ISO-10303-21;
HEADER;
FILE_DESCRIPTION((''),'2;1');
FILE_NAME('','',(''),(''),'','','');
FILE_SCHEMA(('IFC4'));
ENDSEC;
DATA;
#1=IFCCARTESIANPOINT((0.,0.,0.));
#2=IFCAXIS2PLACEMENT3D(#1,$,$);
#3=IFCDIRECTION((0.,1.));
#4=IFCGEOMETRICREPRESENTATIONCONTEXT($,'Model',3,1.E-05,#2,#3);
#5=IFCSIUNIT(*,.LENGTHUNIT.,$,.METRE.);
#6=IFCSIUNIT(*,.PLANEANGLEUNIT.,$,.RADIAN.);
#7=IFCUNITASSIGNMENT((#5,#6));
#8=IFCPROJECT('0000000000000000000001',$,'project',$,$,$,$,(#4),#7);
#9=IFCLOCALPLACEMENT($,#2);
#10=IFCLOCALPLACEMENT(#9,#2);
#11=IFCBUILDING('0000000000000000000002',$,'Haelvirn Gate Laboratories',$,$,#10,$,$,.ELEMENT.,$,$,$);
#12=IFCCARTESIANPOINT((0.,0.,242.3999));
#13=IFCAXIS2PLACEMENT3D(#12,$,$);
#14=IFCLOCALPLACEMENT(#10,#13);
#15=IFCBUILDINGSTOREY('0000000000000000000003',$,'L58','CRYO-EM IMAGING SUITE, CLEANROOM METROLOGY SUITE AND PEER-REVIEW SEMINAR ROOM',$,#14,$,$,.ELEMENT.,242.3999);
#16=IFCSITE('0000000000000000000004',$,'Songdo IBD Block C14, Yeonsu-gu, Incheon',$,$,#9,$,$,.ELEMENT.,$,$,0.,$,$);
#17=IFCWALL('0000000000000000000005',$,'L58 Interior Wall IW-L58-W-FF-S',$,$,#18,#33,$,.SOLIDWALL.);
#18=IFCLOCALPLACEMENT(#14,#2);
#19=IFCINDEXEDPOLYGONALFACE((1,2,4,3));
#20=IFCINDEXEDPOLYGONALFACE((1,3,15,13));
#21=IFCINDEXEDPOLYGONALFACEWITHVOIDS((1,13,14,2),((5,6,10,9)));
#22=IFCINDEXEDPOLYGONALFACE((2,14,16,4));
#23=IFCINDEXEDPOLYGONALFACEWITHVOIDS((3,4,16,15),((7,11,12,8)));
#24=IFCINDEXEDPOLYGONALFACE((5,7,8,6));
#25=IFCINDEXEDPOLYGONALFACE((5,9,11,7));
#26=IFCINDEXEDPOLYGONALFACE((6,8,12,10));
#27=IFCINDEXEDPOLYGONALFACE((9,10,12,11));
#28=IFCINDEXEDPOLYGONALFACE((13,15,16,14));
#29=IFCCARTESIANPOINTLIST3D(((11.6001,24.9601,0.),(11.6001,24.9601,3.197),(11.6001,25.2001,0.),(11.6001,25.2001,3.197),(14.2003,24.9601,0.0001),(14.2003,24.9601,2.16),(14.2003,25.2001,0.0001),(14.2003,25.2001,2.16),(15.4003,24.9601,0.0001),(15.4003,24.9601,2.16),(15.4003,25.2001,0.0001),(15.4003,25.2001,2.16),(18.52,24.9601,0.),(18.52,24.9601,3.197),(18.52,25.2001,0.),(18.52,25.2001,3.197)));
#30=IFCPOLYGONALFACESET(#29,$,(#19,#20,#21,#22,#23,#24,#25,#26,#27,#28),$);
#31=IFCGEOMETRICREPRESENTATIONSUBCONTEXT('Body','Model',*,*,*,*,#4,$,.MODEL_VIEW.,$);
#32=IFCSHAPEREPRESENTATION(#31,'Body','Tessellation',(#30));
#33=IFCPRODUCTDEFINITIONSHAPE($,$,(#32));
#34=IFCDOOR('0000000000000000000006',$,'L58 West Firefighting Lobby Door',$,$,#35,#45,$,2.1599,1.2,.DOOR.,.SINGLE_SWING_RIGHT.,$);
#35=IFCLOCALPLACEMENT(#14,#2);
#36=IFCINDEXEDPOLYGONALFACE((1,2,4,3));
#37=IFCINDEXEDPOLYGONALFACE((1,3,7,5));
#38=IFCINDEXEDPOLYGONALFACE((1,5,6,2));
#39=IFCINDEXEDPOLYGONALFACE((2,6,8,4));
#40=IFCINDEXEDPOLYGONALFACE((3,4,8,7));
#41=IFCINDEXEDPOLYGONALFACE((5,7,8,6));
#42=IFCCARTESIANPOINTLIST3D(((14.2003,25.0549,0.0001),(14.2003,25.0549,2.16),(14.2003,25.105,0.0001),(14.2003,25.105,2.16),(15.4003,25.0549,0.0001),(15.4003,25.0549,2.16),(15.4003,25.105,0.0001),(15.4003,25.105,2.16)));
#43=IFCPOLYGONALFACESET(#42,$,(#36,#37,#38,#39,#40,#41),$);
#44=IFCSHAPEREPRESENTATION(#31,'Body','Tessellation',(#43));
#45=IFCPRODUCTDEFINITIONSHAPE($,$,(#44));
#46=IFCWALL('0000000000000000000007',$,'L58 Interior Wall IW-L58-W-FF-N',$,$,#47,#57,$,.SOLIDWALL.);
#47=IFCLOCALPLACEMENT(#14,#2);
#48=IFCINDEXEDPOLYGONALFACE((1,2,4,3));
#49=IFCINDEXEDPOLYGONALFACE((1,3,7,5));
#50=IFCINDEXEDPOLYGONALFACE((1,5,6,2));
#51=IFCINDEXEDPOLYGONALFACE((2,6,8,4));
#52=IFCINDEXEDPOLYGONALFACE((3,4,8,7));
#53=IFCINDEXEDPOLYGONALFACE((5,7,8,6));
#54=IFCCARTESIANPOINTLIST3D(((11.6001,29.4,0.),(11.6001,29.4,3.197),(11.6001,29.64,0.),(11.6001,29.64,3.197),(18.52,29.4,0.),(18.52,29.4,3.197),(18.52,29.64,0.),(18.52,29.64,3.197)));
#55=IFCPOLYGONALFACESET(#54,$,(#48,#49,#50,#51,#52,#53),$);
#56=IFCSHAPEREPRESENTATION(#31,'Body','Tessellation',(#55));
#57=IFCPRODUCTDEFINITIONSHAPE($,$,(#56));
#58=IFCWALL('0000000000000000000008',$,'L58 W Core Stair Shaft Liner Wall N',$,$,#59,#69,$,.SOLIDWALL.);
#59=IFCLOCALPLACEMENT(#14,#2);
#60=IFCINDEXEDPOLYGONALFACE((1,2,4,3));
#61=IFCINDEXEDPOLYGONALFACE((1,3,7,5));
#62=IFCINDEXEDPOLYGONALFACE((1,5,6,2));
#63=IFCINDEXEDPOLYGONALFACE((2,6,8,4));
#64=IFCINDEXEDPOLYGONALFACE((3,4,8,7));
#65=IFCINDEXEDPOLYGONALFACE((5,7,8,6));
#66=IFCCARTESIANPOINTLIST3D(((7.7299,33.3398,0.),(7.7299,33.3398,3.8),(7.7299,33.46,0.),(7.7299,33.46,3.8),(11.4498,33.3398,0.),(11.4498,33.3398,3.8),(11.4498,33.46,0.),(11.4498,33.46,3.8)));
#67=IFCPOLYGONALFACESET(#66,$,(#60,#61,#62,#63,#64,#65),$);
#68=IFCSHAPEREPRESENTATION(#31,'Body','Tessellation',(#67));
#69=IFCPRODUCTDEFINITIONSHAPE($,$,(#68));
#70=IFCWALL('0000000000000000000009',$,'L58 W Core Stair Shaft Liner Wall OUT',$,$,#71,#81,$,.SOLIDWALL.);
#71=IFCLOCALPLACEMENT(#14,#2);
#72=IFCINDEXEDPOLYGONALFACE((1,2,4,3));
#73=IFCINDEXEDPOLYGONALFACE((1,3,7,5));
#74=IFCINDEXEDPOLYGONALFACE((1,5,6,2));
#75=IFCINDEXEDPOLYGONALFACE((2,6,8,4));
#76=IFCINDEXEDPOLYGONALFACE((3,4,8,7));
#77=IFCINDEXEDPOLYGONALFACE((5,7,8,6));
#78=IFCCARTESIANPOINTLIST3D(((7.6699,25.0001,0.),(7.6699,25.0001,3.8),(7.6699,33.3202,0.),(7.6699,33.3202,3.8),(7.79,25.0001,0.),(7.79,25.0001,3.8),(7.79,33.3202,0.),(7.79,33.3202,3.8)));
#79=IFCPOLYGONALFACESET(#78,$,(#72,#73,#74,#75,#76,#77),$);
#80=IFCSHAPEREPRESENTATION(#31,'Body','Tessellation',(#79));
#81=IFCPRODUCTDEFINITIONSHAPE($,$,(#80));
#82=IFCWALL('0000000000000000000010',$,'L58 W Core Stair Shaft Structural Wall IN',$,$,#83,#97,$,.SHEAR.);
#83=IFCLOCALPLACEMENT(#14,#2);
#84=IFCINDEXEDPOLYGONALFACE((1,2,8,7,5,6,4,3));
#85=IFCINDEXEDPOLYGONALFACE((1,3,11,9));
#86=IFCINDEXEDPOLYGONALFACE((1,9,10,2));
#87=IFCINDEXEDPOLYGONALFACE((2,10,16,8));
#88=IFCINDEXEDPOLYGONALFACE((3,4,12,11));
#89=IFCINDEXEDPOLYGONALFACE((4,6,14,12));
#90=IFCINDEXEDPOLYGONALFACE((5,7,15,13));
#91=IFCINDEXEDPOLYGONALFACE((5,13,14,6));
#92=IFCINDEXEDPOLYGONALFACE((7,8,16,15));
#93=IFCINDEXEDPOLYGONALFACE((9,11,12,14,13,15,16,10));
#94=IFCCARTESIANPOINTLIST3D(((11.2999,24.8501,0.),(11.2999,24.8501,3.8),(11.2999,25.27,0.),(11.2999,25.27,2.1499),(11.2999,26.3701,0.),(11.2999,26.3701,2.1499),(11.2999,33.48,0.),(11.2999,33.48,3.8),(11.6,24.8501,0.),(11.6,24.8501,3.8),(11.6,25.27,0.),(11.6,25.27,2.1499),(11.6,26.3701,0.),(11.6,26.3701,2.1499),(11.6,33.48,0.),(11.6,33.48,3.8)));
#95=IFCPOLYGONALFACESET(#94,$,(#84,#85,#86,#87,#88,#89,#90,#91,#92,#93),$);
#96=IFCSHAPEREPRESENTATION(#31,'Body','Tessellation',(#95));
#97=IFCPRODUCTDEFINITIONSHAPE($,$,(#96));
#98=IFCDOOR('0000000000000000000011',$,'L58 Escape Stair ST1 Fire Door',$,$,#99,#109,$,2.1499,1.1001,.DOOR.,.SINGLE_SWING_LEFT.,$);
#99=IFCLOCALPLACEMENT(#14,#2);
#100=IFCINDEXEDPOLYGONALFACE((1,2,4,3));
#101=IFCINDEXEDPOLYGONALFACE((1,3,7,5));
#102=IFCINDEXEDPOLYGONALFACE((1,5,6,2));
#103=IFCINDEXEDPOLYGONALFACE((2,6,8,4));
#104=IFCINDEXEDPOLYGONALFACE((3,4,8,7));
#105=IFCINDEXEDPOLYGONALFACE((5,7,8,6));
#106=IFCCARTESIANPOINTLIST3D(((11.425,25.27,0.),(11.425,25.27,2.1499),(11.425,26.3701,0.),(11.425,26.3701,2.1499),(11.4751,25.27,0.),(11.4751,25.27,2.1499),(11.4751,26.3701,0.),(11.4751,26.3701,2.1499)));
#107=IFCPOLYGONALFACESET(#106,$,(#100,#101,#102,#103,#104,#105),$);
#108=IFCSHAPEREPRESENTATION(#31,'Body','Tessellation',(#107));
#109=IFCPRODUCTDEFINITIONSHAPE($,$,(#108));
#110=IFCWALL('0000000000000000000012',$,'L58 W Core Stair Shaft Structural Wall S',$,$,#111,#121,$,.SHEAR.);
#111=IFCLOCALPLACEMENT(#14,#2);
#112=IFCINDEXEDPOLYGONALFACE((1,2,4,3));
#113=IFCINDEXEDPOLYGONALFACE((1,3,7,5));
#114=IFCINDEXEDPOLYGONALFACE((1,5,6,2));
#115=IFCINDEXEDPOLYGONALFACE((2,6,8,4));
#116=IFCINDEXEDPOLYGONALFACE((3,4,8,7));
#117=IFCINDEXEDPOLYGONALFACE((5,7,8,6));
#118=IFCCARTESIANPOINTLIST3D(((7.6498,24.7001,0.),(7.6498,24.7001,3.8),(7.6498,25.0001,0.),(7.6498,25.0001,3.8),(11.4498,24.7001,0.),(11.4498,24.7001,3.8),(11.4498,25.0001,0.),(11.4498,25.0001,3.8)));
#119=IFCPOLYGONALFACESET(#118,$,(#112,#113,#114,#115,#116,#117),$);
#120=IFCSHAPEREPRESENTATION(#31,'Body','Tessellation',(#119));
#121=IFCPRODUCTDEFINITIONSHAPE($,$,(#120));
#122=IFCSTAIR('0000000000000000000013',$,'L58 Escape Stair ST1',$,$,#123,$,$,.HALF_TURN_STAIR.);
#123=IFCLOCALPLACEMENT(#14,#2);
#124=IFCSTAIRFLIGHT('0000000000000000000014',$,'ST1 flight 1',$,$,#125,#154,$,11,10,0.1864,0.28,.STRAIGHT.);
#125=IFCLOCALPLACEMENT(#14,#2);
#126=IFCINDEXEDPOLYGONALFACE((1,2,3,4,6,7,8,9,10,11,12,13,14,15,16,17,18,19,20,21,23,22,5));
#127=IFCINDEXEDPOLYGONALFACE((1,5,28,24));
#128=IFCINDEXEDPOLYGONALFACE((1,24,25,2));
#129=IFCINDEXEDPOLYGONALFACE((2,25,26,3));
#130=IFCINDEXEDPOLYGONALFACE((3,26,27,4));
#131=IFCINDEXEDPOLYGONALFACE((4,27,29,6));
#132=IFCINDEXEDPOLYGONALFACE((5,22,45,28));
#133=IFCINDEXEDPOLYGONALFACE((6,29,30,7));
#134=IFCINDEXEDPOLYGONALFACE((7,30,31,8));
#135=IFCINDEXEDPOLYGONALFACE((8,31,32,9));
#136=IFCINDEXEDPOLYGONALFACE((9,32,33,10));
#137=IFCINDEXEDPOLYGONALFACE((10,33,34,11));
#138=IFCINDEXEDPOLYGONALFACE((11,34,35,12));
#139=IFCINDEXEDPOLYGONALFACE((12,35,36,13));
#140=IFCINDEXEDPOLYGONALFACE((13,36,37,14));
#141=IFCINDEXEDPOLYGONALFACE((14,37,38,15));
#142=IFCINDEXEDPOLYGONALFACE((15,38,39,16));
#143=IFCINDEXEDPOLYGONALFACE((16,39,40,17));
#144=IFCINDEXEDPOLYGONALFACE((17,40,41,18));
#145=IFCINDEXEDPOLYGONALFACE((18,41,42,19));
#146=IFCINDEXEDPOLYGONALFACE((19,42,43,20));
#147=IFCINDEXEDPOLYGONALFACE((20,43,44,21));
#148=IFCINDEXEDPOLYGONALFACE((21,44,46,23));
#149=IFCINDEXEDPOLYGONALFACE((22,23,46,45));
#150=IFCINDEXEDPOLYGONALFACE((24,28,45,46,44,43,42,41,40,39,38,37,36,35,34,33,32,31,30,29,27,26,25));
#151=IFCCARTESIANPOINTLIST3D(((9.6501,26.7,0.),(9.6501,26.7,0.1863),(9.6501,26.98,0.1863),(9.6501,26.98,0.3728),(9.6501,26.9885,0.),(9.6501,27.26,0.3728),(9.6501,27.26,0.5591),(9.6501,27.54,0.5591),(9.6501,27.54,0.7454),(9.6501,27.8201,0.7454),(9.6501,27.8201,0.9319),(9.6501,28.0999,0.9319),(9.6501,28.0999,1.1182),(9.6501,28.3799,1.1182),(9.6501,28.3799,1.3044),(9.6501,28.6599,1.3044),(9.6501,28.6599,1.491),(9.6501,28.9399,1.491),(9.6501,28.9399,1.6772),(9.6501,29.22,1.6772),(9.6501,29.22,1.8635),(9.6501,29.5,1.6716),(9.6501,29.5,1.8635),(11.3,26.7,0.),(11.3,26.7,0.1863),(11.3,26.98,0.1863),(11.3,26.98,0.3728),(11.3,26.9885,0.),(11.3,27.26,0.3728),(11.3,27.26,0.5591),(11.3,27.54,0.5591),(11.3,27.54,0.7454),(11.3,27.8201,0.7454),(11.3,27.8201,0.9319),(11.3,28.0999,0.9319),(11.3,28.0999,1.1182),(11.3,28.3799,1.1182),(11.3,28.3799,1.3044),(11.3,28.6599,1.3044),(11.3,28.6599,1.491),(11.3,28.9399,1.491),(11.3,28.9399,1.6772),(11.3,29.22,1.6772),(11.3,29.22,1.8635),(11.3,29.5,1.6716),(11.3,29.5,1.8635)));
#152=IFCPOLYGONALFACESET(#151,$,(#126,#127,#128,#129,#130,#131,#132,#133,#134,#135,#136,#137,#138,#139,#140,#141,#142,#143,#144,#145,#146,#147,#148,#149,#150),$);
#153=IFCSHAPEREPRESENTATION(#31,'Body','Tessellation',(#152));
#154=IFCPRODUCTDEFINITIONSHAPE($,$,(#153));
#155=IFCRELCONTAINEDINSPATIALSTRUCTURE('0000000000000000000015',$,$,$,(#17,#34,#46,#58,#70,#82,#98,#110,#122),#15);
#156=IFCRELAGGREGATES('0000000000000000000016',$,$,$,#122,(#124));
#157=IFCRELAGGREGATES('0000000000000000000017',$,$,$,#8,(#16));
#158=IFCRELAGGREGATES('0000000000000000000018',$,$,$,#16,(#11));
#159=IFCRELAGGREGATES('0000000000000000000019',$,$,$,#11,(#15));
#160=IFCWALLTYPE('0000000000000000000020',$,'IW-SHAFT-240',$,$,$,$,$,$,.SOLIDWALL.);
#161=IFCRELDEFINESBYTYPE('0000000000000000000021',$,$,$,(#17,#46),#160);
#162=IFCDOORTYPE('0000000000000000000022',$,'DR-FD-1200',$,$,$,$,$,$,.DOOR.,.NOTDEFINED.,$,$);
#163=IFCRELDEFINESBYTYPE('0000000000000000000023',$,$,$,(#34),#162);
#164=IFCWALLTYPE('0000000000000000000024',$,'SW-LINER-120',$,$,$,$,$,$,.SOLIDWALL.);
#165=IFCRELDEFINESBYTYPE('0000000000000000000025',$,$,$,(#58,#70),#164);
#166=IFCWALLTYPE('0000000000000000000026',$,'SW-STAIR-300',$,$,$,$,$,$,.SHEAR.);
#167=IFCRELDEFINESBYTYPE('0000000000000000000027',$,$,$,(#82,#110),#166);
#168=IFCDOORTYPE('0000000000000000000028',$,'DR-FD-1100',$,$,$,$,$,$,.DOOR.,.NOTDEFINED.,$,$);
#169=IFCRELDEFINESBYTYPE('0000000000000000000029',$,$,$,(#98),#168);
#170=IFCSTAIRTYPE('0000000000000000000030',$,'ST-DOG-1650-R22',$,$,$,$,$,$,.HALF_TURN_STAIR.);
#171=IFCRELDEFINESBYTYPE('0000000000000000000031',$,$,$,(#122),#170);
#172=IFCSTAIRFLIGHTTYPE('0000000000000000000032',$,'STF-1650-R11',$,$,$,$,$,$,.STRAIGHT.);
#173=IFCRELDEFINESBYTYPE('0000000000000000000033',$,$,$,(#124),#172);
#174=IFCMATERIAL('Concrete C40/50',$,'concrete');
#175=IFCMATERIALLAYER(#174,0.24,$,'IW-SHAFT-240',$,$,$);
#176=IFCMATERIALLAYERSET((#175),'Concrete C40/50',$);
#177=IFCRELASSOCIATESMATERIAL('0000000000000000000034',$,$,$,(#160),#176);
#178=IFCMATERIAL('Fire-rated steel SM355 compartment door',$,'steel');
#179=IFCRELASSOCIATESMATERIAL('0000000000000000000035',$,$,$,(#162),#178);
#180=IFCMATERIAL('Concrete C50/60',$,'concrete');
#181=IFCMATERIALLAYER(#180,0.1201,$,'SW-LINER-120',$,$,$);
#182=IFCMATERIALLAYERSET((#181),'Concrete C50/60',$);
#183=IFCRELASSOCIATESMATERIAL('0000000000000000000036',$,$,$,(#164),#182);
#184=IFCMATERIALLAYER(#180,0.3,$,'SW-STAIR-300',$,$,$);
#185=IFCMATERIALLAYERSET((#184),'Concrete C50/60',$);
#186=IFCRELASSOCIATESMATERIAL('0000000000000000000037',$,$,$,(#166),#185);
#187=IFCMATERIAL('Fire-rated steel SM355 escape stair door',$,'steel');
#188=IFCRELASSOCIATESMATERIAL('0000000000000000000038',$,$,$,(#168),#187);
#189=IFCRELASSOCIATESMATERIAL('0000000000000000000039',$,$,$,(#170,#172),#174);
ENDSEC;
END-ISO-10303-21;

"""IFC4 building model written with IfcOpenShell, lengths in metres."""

from ifc_helpers import new_model, si_unit, direction, frame, frame_2d, origin, place, context, subcontext, project, spatial, polyline, rectangle, outline, extrude, source, transform, mapped, material, layer, layer_set, type_object, type_shapes, element, fill, aggregate, save


model = new_model("IFC4")

# Units and contexts
model_context = context("Model", 3, precision=1e-05, world=origin(), true_north=direction((0.0, 1.0)))
body_context = subcontext(model_context, "Body", "Model", "MODEL_VIEW")
ifc_project = project(units=[si_unit("LENGTHUNIT", "METRE"), si_unit("PLANEANGLEUNIT", "RADIAN")], contexts=[model_context])

# Site, building, storey
site_placement = place(None, origin())
site = spatial("IfcSite", under=ifc_project, at=site_placement, Name="Songdo IBD Block C14, Yeonsu-gu, Incheon", CompositionType="ELEMENT", RefElevation=0.0)
building_placement = place(site_placement, origin())
building = spatial("IfcBuilding", under=site, at=building_placement, Name="Haelvirn Gate Laboratories", CompositionType="ELEMENT")
storey_placement = place(building_placement, frame((0.0, 0.0, 242.3999)))
storey = spatial("IfcBuildingStorey", under=building, at=storey_placement, Name="L58", Description="CRYO-EM IMAGING SUITE, CLEANROOM METROLOGY SUITE AND PEER-REVIEW SEMINAR ROOM", CompositionType="ELEMENT", Elevation=242.3999)

# Shared definitions
ifc_material_1 = material(Name="Concrete C50/60", Category="concrete")

# Shared definitions
ifc_material_2 = material(Name="Concrete C40/50", Category="concrete")

# Wall, opening, door
ifc_layer_1 = layer(ifc_material_2, 0.24, Name="IW-SHAFT-240")
ifc_layer_set_1 = layer_set([ifc_layer_1], Name="Concrete C40/50")
wall_type_1 = type_object("IfcWallType", Name="IW-SHAFT-240", PredefinedType="SOLIDWALL", material=ifc_layer_set_1)
wall_1_placement = place(storey_placement, frame((11.6001, 25.0801, 0.0), z_axis=(0.0, 0.0, 1.0), x_axis=(1.0, 0.0, 0.0)))
wall_1 = element("IfcWall", 1, at=wall_1_placement, inside=storey, type_object=wall_type_1, Name="L58 Interior Wall IW-L58-W-FF-S", PredefinedType="SOLIDWALL", context=body_context, shape_type="SweptSolid", body=[
    extrude(rectangle(XDim=6.9199, YDim=0.24, at=frame_2d((3.46, 0.0))), origin(), (0.0, 0.0, 1.0), 3.197),
])
opening_1_placement = place(wall_1_placement, frame((2.6001, 0.0, 0.0)))
opening_1 = element("IfcOpeningElement", 2, at=opening_1_placement, cuts=wall_1, PredefinedType="OPENING", context=body_context, shape_type="SweptSolid", body=[
    extrude(rectangle(XDim=1.2, YDim=2.1599, at=frame_2d((0.6001, 1.0801))), frame((0.0, 0.1299, 0.0), z_axis=(0.0, -1.0, 0.0), x_axis=(1.0, 0.0, 0.0)), (0.0, 0.0, 1.0), 0.26),
])
ifc_material_3 = material(Name="Fire-rated steel SM355 compartment door", Category="steel")
door_type_1 = type_object("IfcDoorType", Name="DR-FD-1200", OperationType="NOTDEFINED", PredefinedType="DOOR", material=ifc_material_3)
shared_shape_1 = source(origin(), body_context, "Body", "SweptSolid", [
    extrude(rectangle(XDim=1.2, YDim=2.1599, at=frame_2d((0.6001, 1.0801))), frame((0.0, 0.0249, 0.0), z_axis=(0.0, -1.0, 0.0), x_axis=(1.0, 0.0, 0.0)), (0.0, 0.0, 1.0), 0.05),
])
type_shapes(door_type_1, [shared_shape_1])
door_1_placement = place(opening_1_placement, origin())
door_1 = element("IfcDoor", 3, at=door_1_placement, inside=storey, type_object=door_type_1, Name="L58 West Firefighting Lobby Door", OperationType="SINGLE_SWING_RIGHT", OverallHeight=2.1599, OverallWidth=1.2, PredefinedType="DOOR", context=body_context, shape_type="MappedRepresentation", body=[
    mapped(shared_shape_1, transform((0.0, 0.0, 0.0), scale=1.0)),
])
fill(opening_1, door_1)

# Walls
wall_2_placement = place(storey_placement, frame((11.6001, 29.52, 0.0), z_axis=(0.0, 0.0, 1.0), x_axis=(1.0, 0.0, 0.0)))
element("IfcWall", 4, at=wall_2_placement, inside=storey, type_object=wall_type_1, Name="L58 Interior Wall IW-L58-W-FF-N", PredefinedType="SOLIDWALL", context=body_context, shape_type="SweptSolid", body=[
    extrude(rectangle(XDim=6.9199, YDim=0.24, at=frame_2d((3.46, 0.0))), origin(), (0.0, 0.0, 1.0), 3.197),
])
ifc_layer_2 = layer(ifc_material_1, 0.1201, Name="SW-LINER-120")
ifc_layer_set_2 = layer_set([ifc_layer_2], Name="Concrete C50/60")
wall_type_2 = type_object("IfcWallType", Name="SW-LINER-120", PredefinedType="SOLIDWALL", material=ifc_layer_set_2)
wall_3_placement = place(storey_placement, frame((7.73, 33.3999, 0.0), z_axis=(0.0, 0.0, 1.0), x_axis=(1.0, 0.0, 0.0)))
element("IfcWall", 5, at=wall_3_placement, inside=storey, type_object=wall_type_2, Name="L58 W Core Stair Shaft Liner Wall N", PredefinedType="SOLIDWALL", context=body_context, shape_type="SweptSolid", body=[
    extrude(rectangle(XDim=3.72, YDim=0.1201, at=frame_2d((1.8599, 0.0))), origin(), (0.0, 0.0, 1.0), 3.8),
])
wall_4_placement = place(storey_placement, frame((7.73, 25.0, 0.0), z_axis=(0.0, 0.0, 1.0), x_axis=(0.0, 1.0, 0.0)))
element("IfcWall", 6, at=wall_4_placement, inside=storey, type_object=wall_type_2, Name="L58 W Core Stair Shaft Liner Wall OUT", PredefinedType="SOLIDWALL", context=body_context, shape_type="SweptSolid", body=[
    extrude(rectangle(XDim=8.3201, YDim=0.1201, at=frame_2d((4.1602, 0.0))), origin(), (0.0, 0.0, 1.0), 3.8),
])

# Wall, opening, door
ifc_layer_3 = layer(ifc_material_1, 0.3, Name="SW-STAIR-300")
ifc_layer_set_3 = layer_set([ifc_layer_3], Name="Concrete C50/60")
wall_type_3 = type_object("IfcWallType", Name="SW-STAIR-300", PredefinedType="SHEAR", material=ifc_layer_set_3)
wall_5_placement = place(storey_placement, frame((11.45, 24.8501, 0.0), z_axis=(0.0, 0.0, 1.0), x_axis=(0.0, 1.0, 0.0)))
wall_5 = element("IfcWall", 7, at=wall_5_placement, inside=storey, type_object=wall_type_3, Name="L58 W Core Stair Shaft Structural Wall IN", PredefinedType="SHEAR", context=body_context, shape_type="SweptSolid", body=[
    extrude(rectangle(XDim=8.6299, YDim=0.3, at=frame_2d((4.3149, 0.0))), origin(), (0.0, 0.0, 1.0), 3.8),
])
opening_2_placement = place(wall_5_placement, frame((0.4199, 0.0, 0.0)))
opening_2 = element("IfcOpeningElement", 8, at=opening_2_placement, cuts=wall_5, PredefinedType="OPENING", context=body_context, shape_type="SweptSolid", body=[
    extrude(rectangle(XDim=1.1001, YDim=2.1499, at=frame_2d((0.55, 1.075))), frame((0.0, 0.1602, 0.0), z_axis=(0.0, -1.0, 0.0), x_axis=(1.0, 0.0, 0.0)), (0.0, 0.0, 1.0), 0.3201),
])
ifc_material_4 = material(Name="Fire-rated steel SM355 escape stair door", Category="steel")
door_type_2 = type_object("IfcDoorType", Name="DR-FD-1100", OperationType="NOTDEFINED", PredefinedType="DOOR", material=ifc_material_4)
shared_shape_2 = source(origin(), body_context, "Body", "SweptSolid", [
    extrude(rectangle(XDim=1.1001, YDim=2.1499, at=frame_2d((0.55, 1.075))), frame((0.0, 0.0249, 0.0), z_axis=(0.0, -1.0, 0.0), x_axis=(1.0, 0.0, 0.0)), (0.0, 0.0, 1.0), 0.05),
])
type_shapes(door_type_2, [shared_shape_2])
door_2_placement = place(opening_2_placement, origin())
door_2 = element("IfcDoor", 9, at=door_2_placement, inside=storey, type_object=door_type_2, Name="L58 Escape Stair ST1 Fire Door", OperationType="SINGLE_SWING_LEFT", OverallHeight=2.1499, OverallWidth=1.1001, PredefinedType="DOOR", context=body_context, shape_type="MappedRepresentation", body=[
    mapped(shared_shape_2, transform((0.0, 0.0, 0.0), scale=1.0)),
])
fill(opening_2, door_2)

# Wall
wall_6_placement = place(storey_placement, frame((7.6499, 24.8501, 0.0), z_axis=(0.0, 0.0, 1.0), x_axis=(1.0, 0.0, 0.0)))
element("IfcWall", 10, at=wall_6_placement, inside=storey, type_object=wall_type_3, Name="L58 W Core Stair Shaft Structural Wall S", PredefinedType="SHEAR", context=body_context, shape_type="SweptSolid", body=[
    extrude(rectangle(XDim=3.8, YDim=0.3, at=frame_2d((1.8999, 0.0))), origin(), (0.0, 0.0, 1.0), 3.8),
])

# Stair, stair flight
stair_type = type_object("IfcStairType", Name="ST-DOG-1650-R22", PredefinedType="HALF_TURN_STAIR", material=ifc_material_2)
stair_placement = place(storey_placement, origin())
stair = element("IfcStair", 11, at=stair_placement, inside=storey, type_object=stair_type, Name="L58 Escape Stair ST1", PredefinedType="HALF_TURN_STAIR")
stair_flight_type = type_object("IfcStairFlightType", Name="STF-1650-R11", PredefinedType="STRAIGHT", material=ifc_material_2)
shared_shape_3 = source(origin(), body_context, "Body", "SweptSolid", [
    extrude(outline(polyline([(0.0, 0.0), (0.0, 0.1863), (0.28, 0.1863), (0.28, 0.3728), (0.5601, 0.3728), (0.5601, 0.5591), (0.8401, 0.5591), (0.8401, 0.7454), (1.1201, 0.7454), (1.1201, 0.9319), (1.3999, 0.9319), (1.3999, 1.1182), (1.6799, 1.1182), (1.6799, 1.3044), (1.96, 1.3044), (1.96, 1.491), (2.24, 1.491), (2.24, 1.6772), (2.52, 1.6772), (2.52, 1.8635), (2.8, 1.8635), (2.8, 2.05), (2.8, 1.6716), (0.2886, 0.0), (0.0, 0.0)])), frame((0.0, 0.825, 0.0), z_axis=(0.0, -1.0, 0.0), x_axis=(1.0, 0.0, 0.0)), (0.0, 0.0, 1.0), 1.6499),
])
type_shapes(stair_flight_type, [shared_shape_3])
stair_flight_1_placement = place(storey_placement, frame((10.4751, 26.7, 0.0), z_axis=(0.0, 0.0, 1.0), x_axis=(0.0, 1.0, 0.0)))
stair_flight_1 = element("IfcStairFlight", 12, at=stair_flight_1_placement, type_object=stair_flight_type, Name="ST1 flight 1", NumberOfRisers=11, NumberOfTreads=10, PredefinedType="STRAIGHT", RiserHeight=0.1864, TreadLength=0.28, context=body_context, shape_type="MappedRepresentation", body=[
    mapped(shared_shape_3, transform((0.0, 0.0, 0.0), scale=1.0)),
])
aggregate(stair, [stair_flight_1])

save(model, "model.ifc")
